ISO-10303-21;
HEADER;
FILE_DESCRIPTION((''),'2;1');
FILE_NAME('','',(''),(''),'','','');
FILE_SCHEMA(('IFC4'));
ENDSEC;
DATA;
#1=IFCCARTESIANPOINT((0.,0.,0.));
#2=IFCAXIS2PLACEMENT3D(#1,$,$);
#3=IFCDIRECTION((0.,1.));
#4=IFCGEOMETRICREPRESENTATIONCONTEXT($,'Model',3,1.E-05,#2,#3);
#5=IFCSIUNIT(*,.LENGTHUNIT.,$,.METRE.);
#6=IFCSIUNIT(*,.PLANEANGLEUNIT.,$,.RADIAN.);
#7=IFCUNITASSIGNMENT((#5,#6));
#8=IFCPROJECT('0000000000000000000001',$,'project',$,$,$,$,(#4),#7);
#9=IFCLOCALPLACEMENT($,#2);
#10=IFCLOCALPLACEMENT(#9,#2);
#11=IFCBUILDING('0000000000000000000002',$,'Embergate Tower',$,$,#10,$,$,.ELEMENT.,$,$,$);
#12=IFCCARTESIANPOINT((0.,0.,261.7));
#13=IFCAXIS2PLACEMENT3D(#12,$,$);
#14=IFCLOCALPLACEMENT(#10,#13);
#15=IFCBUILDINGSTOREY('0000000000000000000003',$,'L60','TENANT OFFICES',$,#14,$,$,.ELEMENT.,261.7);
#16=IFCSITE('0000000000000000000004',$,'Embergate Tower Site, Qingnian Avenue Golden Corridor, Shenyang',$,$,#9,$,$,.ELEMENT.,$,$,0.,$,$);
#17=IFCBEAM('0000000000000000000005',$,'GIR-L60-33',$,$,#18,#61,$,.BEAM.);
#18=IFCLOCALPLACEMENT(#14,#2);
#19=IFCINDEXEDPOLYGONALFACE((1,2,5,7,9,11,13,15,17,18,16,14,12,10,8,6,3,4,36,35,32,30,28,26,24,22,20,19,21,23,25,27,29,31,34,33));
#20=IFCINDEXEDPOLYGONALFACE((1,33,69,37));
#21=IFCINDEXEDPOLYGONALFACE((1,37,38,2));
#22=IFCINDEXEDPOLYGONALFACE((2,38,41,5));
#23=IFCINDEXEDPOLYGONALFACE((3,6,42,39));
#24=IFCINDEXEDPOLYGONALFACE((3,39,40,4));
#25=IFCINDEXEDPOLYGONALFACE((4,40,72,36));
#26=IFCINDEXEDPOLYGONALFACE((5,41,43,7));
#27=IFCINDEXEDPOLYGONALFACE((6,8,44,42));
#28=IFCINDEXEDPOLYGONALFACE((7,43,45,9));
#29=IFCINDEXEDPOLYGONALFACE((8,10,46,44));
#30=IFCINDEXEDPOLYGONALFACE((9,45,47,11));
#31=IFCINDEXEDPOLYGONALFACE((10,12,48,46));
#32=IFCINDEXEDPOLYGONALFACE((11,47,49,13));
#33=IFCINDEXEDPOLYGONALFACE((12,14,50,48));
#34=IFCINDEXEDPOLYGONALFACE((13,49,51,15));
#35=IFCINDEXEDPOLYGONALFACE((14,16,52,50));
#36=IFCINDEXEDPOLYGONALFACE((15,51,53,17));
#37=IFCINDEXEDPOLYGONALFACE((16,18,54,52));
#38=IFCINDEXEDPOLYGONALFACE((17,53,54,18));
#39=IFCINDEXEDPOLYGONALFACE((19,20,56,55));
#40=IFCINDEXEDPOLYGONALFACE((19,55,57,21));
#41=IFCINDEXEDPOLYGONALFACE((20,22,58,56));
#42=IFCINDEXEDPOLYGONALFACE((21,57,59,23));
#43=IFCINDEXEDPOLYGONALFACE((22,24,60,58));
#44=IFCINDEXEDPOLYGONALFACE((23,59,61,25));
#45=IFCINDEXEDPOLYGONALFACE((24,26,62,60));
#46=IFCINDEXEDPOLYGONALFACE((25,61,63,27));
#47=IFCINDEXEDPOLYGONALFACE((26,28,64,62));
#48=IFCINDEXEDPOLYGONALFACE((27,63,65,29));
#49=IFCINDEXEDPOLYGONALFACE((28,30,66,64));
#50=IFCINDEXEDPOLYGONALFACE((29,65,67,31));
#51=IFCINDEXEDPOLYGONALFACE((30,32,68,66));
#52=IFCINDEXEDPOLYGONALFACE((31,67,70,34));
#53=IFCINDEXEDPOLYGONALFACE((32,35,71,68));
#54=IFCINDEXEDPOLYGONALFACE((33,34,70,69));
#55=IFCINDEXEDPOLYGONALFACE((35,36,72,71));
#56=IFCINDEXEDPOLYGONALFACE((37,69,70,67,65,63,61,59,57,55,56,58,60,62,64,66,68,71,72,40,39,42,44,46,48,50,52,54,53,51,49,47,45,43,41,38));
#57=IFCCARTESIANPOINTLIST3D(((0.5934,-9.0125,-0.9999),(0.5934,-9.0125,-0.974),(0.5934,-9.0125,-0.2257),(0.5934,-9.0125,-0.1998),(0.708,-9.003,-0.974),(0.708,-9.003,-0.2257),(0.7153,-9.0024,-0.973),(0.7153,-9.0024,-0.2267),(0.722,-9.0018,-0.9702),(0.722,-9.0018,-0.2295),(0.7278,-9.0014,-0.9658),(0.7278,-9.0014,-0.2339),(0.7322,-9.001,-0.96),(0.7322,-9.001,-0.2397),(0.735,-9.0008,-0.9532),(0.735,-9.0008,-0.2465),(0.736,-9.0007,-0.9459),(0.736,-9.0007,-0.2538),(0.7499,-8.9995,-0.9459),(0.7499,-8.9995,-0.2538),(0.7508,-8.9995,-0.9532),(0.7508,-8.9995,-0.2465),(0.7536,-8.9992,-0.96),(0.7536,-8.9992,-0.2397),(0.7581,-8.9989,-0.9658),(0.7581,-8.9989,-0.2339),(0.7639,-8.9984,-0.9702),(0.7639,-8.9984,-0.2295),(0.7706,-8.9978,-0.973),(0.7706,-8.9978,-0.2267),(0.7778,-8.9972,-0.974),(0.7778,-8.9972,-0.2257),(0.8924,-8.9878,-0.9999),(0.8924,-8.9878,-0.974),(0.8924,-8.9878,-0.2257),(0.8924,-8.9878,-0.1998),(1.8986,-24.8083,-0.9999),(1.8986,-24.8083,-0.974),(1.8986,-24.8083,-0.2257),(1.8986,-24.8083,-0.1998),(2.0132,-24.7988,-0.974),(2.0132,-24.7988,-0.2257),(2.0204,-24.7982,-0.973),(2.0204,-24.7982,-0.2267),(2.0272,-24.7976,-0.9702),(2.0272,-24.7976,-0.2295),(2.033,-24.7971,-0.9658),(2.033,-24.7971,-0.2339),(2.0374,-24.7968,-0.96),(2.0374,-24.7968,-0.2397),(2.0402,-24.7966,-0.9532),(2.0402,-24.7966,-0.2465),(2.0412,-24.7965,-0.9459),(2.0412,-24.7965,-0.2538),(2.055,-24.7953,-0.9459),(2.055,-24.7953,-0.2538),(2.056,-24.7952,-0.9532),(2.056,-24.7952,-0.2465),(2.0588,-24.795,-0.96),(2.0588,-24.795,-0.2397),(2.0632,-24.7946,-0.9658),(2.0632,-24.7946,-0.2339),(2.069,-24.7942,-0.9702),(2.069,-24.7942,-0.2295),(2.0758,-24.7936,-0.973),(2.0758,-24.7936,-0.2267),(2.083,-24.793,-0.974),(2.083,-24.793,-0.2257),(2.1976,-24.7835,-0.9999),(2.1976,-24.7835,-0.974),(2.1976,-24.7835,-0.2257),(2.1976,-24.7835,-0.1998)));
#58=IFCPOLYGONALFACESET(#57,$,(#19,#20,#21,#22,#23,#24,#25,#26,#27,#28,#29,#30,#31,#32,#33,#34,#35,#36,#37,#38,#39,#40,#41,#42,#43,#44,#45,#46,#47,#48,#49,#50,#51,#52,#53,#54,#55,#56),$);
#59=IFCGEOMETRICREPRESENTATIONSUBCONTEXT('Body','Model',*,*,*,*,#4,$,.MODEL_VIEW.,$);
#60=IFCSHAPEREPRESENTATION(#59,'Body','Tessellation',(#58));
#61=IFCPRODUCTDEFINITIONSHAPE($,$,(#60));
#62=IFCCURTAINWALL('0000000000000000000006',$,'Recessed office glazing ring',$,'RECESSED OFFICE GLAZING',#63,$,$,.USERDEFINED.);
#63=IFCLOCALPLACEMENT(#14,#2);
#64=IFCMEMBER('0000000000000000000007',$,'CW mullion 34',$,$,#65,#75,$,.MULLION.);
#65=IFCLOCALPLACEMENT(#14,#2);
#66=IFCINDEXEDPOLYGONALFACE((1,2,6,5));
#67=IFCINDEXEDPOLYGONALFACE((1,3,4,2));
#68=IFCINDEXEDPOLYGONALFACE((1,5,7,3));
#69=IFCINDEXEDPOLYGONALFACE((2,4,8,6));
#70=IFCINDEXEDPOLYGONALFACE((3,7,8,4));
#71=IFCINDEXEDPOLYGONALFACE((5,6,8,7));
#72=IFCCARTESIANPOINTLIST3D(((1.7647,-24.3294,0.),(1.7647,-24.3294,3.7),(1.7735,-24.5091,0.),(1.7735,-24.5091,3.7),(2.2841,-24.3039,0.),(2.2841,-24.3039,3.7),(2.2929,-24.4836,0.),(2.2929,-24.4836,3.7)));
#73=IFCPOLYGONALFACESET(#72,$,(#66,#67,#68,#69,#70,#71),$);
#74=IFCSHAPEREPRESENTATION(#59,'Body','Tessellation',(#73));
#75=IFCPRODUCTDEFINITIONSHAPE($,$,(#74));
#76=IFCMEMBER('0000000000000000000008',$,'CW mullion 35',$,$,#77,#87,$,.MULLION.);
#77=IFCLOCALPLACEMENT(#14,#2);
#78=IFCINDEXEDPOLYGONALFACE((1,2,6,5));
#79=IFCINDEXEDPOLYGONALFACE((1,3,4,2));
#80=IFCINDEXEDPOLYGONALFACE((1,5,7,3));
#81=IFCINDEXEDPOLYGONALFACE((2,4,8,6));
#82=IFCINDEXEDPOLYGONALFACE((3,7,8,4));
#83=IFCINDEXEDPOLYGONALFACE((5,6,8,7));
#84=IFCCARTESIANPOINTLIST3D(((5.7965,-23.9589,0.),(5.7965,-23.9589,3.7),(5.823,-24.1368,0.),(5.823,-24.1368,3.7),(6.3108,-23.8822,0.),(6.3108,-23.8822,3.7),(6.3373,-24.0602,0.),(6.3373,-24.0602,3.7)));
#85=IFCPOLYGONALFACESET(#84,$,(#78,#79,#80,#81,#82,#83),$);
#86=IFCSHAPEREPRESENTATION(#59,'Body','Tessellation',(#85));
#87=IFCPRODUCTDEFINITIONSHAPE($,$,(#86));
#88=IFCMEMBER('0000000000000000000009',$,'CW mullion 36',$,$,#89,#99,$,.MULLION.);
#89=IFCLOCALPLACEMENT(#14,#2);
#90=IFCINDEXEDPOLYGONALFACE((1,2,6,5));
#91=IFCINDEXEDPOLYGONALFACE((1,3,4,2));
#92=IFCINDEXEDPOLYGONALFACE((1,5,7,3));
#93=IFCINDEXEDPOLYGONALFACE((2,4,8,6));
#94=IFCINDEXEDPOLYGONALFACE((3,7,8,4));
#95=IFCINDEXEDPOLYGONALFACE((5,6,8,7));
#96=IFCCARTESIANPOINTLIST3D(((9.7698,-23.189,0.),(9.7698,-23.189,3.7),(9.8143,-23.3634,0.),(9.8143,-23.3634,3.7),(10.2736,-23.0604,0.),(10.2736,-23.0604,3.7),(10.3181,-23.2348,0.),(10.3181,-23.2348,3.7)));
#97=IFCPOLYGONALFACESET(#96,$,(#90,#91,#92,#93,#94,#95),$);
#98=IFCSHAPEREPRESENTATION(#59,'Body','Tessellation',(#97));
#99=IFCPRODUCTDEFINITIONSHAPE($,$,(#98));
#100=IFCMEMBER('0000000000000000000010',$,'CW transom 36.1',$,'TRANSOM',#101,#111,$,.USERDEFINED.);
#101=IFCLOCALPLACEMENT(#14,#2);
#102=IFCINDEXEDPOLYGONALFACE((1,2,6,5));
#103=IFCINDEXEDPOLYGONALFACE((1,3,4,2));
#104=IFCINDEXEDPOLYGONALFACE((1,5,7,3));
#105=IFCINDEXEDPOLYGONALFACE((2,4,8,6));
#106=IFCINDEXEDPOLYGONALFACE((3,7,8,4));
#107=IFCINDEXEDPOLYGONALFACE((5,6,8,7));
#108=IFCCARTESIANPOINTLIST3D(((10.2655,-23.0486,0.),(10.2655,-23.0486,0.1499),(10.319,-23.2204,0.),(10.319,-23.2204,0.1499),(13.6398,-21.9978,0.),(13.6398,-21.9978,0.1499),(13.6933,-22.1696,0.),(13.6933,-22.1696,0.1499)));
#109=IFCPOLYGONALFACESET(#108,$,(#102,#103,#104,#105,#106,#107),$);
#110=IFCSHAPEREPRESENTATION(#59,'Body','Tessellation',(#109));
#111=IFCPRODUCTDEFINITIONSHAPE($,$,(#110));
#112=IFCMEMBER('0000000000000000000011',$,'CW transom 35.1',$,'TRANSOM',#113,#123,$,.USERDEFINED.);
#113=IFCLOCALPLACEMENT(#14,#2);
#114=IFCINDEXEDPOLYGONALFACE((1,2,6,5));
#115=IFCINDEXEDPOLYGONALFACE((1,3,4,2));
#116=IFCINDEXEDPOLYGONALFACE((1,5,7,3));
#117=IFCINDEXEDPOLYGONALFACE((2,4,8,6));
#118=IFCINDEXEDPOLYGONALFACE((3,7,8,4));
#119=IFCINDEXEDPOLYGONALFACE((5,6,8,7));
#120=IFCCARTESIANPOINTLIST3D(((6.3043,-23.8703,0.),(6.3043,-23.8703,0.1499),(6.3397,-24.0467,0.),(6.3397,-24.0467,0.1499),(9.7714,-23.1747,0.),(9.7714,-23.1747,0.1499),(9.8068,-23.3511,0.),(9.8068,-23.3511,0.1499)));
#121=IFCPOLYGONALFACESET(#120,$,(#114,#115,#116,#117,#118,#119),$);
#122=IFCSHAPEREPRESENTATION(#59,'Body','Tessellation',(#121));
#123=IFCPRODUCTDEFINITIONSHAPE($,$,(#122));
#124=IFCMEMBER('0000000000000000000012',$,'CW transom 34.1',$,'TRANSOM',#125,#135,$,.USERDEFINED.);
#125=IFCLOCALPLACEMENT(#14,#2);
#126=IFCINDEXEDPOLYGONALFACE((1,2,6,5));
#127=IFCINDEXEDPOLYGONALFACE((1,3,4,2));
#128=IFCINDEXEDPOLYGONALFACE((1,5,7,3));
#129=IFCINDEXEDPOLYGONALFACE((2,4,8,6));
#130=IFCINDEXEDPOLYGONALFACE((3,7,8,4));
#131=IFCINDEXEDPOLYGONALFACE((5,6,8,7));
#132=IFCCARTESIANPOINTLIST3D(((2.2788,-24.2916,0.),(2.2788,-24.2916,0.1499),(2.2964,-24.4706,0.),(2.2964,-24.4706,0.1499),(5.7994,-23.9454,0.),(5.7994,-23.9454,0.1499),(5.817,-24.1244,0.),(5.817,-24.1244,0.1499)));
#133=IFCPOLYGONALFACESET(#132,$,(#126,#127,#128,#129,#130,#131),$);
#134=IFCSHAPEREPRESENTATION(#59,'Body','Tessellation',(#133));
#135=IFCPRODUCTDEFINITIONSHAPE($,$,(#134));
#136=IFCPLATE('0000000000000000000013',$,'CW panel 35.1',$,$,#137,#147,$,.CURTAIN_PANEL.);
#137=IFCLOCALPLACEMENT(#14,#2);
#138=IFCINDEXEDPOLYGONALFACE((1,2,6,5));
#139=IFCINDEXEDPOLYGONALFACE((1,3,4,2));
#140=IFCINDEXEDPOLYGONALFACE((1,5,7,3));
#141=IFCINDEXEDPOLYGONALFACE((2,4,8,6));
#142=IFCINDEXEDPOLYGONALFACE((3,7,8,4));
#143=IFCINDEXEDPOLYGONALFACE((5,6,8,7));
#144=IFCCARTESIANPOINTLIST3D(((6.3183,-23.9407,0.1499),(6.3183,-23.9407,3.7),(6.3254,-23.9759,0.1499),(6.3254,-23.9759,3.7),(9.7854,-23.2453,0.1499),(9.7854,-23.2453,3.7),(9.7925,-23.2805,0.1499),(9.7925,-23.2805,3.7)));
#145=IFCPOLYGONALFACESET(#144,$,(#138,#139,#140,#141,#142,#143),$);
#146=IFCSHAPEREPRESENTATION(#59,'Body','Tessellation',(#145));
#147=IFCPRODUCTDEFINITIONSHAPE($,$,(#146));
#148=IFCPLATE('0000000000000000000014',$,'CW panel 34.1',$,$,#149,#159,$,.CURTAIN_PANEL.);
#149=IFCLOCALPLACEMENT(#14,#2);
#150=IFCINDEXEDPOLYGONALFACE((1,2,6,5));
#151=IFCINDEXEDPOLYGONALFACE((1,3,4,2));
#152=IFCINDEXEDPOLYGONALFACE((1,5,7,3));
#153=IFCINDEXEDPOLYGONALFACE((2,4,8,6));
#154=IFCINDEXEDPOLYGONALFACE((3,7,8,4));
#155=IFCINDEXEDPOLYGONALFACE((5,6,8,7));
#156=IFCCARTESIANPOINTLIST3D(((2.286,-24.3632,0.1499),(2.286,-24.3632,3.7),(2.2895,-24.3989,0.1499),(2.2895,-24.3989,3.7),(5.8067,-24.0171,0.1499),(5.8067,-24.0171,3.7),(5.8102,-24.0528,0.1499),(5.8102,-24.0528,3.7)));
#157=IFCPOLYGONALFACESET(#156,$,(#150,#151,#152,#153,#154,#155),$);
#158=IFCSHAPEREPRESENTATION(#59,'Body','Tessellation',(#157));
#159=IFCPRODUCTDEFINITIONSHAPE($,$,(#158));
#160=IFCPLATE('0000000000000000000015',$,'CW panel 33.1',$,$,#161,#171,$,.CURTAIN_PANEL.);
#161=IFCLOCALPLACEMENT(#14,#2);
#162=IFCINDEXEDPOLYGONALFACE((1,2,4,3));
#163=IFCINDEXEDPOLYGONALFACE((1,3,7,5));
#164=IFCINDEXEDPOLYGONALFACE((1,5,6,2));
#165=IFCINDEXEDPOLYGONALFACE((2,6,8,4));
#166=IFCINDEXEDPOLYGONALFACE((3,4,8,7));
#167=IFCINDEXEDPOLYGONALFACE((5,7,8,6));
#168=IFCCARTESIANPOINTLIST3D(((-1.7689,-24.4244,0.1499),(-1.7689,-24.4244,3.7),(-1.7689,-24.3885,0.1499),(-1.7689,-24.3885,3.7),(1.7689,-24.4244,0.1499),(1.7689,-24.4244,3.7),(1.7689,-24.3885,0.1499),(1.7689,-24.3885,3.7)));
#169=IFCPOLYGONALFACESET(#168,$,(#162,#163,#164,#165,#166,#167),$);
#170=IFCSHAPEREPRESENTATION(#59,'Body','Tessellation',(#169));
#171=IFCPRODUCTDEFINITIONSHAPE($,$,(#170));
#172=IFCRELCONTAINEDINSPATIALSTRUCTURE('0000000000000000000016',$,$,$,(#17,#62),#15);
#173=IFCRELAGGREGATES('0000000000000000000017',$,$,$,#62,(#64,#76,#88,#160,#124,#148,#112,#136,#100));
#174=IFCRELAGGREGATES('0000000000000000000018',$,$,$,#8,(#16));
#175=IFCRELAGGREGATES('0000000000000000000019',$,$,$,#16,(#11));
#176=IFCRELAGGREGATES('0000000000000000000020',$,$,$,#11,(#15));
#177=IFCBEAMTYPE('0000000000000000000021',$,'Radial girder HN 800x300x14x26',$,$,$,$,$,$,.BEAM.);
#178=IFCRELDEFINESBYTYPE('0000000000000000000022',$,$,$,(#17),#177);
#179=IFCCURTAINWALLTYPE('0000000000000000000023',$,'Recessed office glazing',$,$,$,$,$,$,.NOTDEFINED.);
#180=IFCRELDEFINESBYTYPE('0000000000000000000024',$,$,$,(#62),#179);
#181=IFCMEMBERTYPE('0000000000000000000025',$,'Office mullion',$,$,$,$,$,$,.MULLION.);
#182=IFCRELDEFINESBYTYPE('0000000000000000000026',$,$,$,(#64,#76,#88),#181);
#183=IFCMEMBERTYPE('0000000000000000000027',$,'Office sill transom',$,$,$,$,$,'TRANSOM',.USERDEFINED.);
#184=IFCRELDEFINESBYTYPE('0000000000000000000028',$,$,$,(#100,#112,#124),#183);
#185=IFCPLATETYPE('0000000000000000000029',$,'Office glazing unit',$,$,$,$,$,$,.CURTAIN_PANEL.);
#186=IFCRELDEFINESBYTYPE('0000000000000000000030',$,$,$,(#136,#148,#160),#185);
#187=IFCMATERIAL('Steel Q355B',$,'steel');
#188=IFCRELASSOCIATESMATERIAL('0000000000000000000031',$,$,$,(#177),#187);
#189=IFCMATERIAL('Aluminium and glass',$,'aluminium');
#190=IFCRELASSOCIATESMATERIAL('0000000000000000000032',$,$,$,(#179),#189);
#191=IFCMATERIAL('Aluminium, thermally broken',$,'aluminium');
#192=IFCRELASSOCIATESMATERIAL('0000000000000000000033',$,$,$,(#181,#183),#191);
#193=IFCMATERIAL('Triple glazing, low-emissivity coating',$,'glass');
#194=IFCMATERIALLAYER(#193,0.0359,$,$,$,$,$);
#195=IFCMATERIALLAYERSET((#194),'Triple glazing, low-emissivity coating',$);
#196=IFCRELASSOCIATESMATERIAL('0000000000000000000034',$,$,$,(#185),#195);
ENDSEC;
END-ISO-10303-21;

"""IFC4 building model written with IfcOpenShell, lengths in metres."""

from ifc_helpers import new_model, si_unit, direction, frame, origin, origin_2d, place, context, subcontext, project, spatial, rectangle, i_section, extrude, source, transform, mapped, material, layer, layer_set, material_profile, profile_set, type_object, element, aggregate, save


model = new_model("IFC4")

# Units and contexts
model_context = context("Model", 3, precision=1e-05, world=origin(), true_north=direction((0.0, 1.0)))
body_context = subcontext(model_context, "Body", "Model", "MODEL_VIEW")
ifc_project = project(units=[si_unit("LENGTHUNIT", "METRE"), si_unit("PLANEANGLEUNIT", "RADIAN")], contexts=[model_context])

# Site, building, storey
site_placement = place(None, origin())
site = spatial("IfcSite", under=ifc_project, at=site_placement, Name="Embergate Tower Site, Qingnian Avenue Golden Corridor, Shenyang", CompositionType="ELEMENT", RefElevation=0.0)
building_placement = place(site_placement, origin())
building = spatial("IfcBuilding", under=site, at=building_placement, Name="Embergate Tower", CompositionType="ELEMENT")
storey_placement = place(building_placement, frame((0.0, 0.0, 261.7)))
storey = spatial("IfcBuildingStorey", under=building, at=storey_placement, Name="L60", Description="TENANT OFFICES", CompositionType="ELEMENT", Elevation=261.7)

# Beam
ifc_material_1 = material(Name="Steel Q355B", Category="steel")
ifc_material_profile_1 = material_profile(ifc_material_1, i_section(OverallWidth=0.3, OverallDepth=0.8, WebThickness=0.0139, FlangeThickness=0.0259, FilletRadius=0.0281, at=origin_2d()), Name="HN 800x300x14x26")
ifc_profile_set_1 = profile_set([ifc_material_profile_1], Name="Steel Q355 grade B")
beam_type_1 = type_object("IfcBeamType", Name="Radial girder HN 800x300x14x26", PredefinedType="BEAM", material=ifc_profile_set_1)
shared_shape_1 = source(origin(), body_context, "Body", "SweptSolid", [
    extrude(i_section(OverallWidth=0.3, OverallDepth=0.8, WebThickness=0.0139, FlangeThickness=0.0259, FilletRadius=0.0281, at=origin_2d()), origin(), (0.0, 0.0, 1.0), 15.8496),
])
beam_1_placement = place(storey_placement, frame((2.0481, -24.7959, -0.5999), z_axis=(-0.082347, 0.996604, 0.0), x_axis=(-0.996604, -0.082347, 0.0)))
element("IfcBeam", 1, at=beam_1_placement, inside=storey, type_object=beam_type_1, Name="GIR-L60-33", PredefinedType="BEAM", context=body_context, shape_type="MappedRepresentation", body=[
    mapped(shared_shape_1, transform((0.0, 0.0, 0.0))),
])

# Curtain wall, members
ifc_material_2 = material(Name="Aluminium and glass", Category="aluminium")
curtain_wall_type = type_object("IfcCurtainWallType", Name="Recessed office glazing", PredefinedType="NOTDEFINED", material=ifc_material_2)
curtain_wall_placement = place(storey_placement, origin())
curtain_wall = element("IfcCurtainWall", 2, at=curtain_wall_placement, inside=storey, type_object=curtain_wall_type, Name="Recessed office glazing ring", ObjectType="RECESSED OFFICE GLAZING", PredefinedType="USERDEFINED")
ifc_material_3 = material(Name="Aluminium, thermally broken", Category="aluminium")
ifc_material_profile_2 = material_profile(ifc_material_3, rectangle(XDim=0.1799, YDim=0.52, at=origin_2d()), Name="AL 520x180")
ifc_profile_set_2 = profile_set([ifc_material_profile_2], Name="Aluminium, thermally broken")
member_type_1 = type_object("IfcMemberType", Name="Office mullion", PredefinedType="MULLION", material=ifc_profile_set_2)
shared_shape_2 = source(origin(), body_context, "Body", "SweptSolid", [
    extrude(rectangle(XDim=0.1799, YDim=0.52, at=origin_2d()), origin(), (0.0, 0.0, 1.0), 3.7),
])
member_1_placement = place(storey_placement, frame((2.0288, -24.4065, 0.0), z_axis=(0.0, 0.0, 1.0), x_axis=(-0.04897, 0.9988, 0.0)))
member_1 = element("IfcMember", 3, at=member_1_placement, type_object=member_type_1, Name="CW mullion 34", PredefinedType="MULLION", context=body_context, shape_type="MappedRepresentation", body=[
    mapped(shared_shape_2, transform((0.0, 0.0, 0.0))),
])
member_2_placement = place(storey_placement, frame((6.0669, -24.0095, 0.0), z_axis=(0.0, 0.0, 1.0), x_axis=(-0.147411, 0.989075, 0.0)))
member_2 = element("IfcMember", 4, at=member_2_placement, type_object=member_type_1, Name="CW mullion 35", PredefinedType="MULLION", context=body_context, shape_type="MappedRepresentation", body=[
    mapped(shared_shape_2, transform((0.0, 0.0, 0.0))),
])
member_3_placement = place(storey_placement, frame((10.0439, -23.2119, 0.0), z_axis=(0.0, 0.0, 1.0), x_axis=(-0.247308, 0.968937, 0.0)))
member_3 = element("IfcMember", 5, at=member_3_placement, type_object=member_type_1, Name="CW mullion 36", PredefinedType="MULLION", context=body_context, shape_type="MappedRepresentation", body=[
    mapped(shared_shape_2, transform((0.0, 0.0, 0.0))),
])
ifc_material_profile_3 = material_profile(ifc_material_3, rectangle(XDim=0.1799, YDim=0.1499, at=origin_2d()), Name="AL 150x180")
ifc_profile_set_3 = profile_set([ifc_material_profile_3], Name="Aluminium, thermally broken")
member_type_2 = type_object("IfcMemberType", Name="Office sill transom", ElementType="TRANSOM", PredefinedType="USERDEFINED", material=ifc_profile_set_3)
shared_shape_3 = source(origin(), body_context, "Body", "SweptSolid", [
    extrude(rectangle(XDim=0.1799, YDim=0.1499, at=origin_2d()), origin(), (0.0, 0.0, 1.0), 3.5342),
])
member_4_placement = place(storey_placement, frame((10.2922, -23.1345, 0.075), z_axis=(0.954776, 0.297327, 0.0), x_axis=(-0.297327, 0.954776, 0.0)))
member_4 = element("IfcMember", 6, at=member_4_placement, type_object=member_type_2, Name="CW transom 36.1", ObjectType="TRANSOM", PredefinedType="USERDEFINED", context=body_context, shape_type="MappedRepresentation", body=[
    mapped(shared_shape_3, transform((0.0, 0.0, 0.0))),
])
shared_shape_4 = source(origin(), body_context, "Body", "SweptSolid", [
    extrude(rectangle(XDim=0.1799, YDim=0.1499, at=origin_2d()), origin(), (0.0, 0.0, 1.0), 3.5361),
])
member_5_placement = place(storey_placement, frame((6.322, -23.9585, 0.075), z_axis=(0.980464, 0.1967, 0.0), x_axis=(-0.1967, 0.980464, 0.0)))
member_5 = element("IfcMember", 7, at=member_5_placement, type_object=member_type_2, Name="CW transom 35.1", ObjectType="TRANSOM", PredefinedType="USERDEFINED", context=body_context, shape_type="MappedRepresentation", body=[
    mapped(shared_shape_4, transform((0.0, 0.0, 0.0))),
])
shared_shape_5 = source(origin(), body_context, "Body", "SweptSolid", [
    extrude(rectangle(XDim=0.1799, YDim=0.1499, at=origin_2d()), origin(), (0.0, 0.0, 1.0), 3.5376),
])
member_6_placement = place(storey_placement, frame((2.2876, -24.3811, 0.075), z_axis=(0.9952, 0.097864, 0.0), x_axis=(-0.097864, 0.9952, 0.0)))
member_6 = element("IfcMember", 8, at=member_6_placement, type_object=member_type_2, Name="CW transom 34.1", ObjectType="TRANSOM", PredefinedType="USERDEFINED", context=body_context, shape_type="MappedRepresentation", body=[
    mapped(shared_shape_5, transform((0.0, 0.0, 0.0))),
])

# Plates
ifc_material_4 = material(Name="Triple glazing, low-emissivity coating", Category="glass")
ifc_layer_1 = layer(ifc_material_4, 0.0359)
ifc_layer_set_1 = layer_set([ifc_layer_1], Name="Triple glazing, low-emissivity coating")
plate_type = type_object("IfcPlateType", Name="Office glazing unit", PredefinedType="CURTAIN_PANEL", material=ifc_layer_set_1)
shared_shape_6 = source(origin(), body_context, "Body", "SweptSolid", [
    extrude(rectangle(XDim=3.5361, YDim=0.0359, at=origin_2d()), origin(), (0.0, 0.0, 1.0), 3.55),
])
plate_1_placement = place(storey_placement, frame((8.0554, -23.6106, 0.1499), z_axis=(0.0, 0.0, 1.0), x_axis=(0.980476, 0.196639, 0.0)))
plate_1 = element("IfcPlate", 9, at=plate_1_placement, type_object=plate_type, Name="CW panel 35.1", PredefinedType="CURTAIN_PANEL", context=body_context, shape_type="MappedRepresentation", body=[
    mapped(shared_shape_6, transform((0.0, 0.0, 0.0))),
])
shared_shape_7 = source(origin(), body_context, "Body", "SweptSolid", [
    extrude(rectangle(XDim=3.5376, YDim=0.0359, at=origin_2d()), origin(), (0.0, 0.0, 1.0), 3.55),
])
plate_2_placement = place(storey_placement, frame((4.0481, -24.208, 0.1499), z_axis=(0.0, 0.0, 1.0), x_axis=(0.995203, 0.09783, 0.0)))
plate_2 = element("IfcPlate", 10, at=plate_2_placement, type_object=plate_type, Name="CW panel 34.1", PredefinedType="CURTAIN_PANEL", context=body_context, shape_type="MappedRepresentation", body=[
    mapped(shared_shape_7, transform((0.0, 0.0, 0.0))),
])
shared_shape_8 = source(origin(), body_context, "Body", "SweptSolid", [
    extrude(rectangle(XDim=3.5378, YDim=0.0359, at=origin_2d()), origin(), (0.0, 0.0, 1.0), 3.55),
])
plate_3_placement = place(storey_placement, frame((0.0, -24.4065, 0.1499), z_axis=(0.0, 0.0, 1.0), x_axis=(1.0, 0.0, 0.0)))
plate_3 = element("IfcPlate", 11, at=plate_3_placement, type_object=plate_type, Name="CW panel 33.1", PredefinedType="CURTAIN_PANEL", context=body_context, shape_type="MappedRepresentation", body=[
    mapped(shared_shape_8, transform((0.0, 0.0, 0.0))),
])
aggregate(curtain_wall, [member_1, member_2, member_3, plate_3, member_6, plate_2, member_5, plate_1, member_4])

save(model, "model.ifc")
